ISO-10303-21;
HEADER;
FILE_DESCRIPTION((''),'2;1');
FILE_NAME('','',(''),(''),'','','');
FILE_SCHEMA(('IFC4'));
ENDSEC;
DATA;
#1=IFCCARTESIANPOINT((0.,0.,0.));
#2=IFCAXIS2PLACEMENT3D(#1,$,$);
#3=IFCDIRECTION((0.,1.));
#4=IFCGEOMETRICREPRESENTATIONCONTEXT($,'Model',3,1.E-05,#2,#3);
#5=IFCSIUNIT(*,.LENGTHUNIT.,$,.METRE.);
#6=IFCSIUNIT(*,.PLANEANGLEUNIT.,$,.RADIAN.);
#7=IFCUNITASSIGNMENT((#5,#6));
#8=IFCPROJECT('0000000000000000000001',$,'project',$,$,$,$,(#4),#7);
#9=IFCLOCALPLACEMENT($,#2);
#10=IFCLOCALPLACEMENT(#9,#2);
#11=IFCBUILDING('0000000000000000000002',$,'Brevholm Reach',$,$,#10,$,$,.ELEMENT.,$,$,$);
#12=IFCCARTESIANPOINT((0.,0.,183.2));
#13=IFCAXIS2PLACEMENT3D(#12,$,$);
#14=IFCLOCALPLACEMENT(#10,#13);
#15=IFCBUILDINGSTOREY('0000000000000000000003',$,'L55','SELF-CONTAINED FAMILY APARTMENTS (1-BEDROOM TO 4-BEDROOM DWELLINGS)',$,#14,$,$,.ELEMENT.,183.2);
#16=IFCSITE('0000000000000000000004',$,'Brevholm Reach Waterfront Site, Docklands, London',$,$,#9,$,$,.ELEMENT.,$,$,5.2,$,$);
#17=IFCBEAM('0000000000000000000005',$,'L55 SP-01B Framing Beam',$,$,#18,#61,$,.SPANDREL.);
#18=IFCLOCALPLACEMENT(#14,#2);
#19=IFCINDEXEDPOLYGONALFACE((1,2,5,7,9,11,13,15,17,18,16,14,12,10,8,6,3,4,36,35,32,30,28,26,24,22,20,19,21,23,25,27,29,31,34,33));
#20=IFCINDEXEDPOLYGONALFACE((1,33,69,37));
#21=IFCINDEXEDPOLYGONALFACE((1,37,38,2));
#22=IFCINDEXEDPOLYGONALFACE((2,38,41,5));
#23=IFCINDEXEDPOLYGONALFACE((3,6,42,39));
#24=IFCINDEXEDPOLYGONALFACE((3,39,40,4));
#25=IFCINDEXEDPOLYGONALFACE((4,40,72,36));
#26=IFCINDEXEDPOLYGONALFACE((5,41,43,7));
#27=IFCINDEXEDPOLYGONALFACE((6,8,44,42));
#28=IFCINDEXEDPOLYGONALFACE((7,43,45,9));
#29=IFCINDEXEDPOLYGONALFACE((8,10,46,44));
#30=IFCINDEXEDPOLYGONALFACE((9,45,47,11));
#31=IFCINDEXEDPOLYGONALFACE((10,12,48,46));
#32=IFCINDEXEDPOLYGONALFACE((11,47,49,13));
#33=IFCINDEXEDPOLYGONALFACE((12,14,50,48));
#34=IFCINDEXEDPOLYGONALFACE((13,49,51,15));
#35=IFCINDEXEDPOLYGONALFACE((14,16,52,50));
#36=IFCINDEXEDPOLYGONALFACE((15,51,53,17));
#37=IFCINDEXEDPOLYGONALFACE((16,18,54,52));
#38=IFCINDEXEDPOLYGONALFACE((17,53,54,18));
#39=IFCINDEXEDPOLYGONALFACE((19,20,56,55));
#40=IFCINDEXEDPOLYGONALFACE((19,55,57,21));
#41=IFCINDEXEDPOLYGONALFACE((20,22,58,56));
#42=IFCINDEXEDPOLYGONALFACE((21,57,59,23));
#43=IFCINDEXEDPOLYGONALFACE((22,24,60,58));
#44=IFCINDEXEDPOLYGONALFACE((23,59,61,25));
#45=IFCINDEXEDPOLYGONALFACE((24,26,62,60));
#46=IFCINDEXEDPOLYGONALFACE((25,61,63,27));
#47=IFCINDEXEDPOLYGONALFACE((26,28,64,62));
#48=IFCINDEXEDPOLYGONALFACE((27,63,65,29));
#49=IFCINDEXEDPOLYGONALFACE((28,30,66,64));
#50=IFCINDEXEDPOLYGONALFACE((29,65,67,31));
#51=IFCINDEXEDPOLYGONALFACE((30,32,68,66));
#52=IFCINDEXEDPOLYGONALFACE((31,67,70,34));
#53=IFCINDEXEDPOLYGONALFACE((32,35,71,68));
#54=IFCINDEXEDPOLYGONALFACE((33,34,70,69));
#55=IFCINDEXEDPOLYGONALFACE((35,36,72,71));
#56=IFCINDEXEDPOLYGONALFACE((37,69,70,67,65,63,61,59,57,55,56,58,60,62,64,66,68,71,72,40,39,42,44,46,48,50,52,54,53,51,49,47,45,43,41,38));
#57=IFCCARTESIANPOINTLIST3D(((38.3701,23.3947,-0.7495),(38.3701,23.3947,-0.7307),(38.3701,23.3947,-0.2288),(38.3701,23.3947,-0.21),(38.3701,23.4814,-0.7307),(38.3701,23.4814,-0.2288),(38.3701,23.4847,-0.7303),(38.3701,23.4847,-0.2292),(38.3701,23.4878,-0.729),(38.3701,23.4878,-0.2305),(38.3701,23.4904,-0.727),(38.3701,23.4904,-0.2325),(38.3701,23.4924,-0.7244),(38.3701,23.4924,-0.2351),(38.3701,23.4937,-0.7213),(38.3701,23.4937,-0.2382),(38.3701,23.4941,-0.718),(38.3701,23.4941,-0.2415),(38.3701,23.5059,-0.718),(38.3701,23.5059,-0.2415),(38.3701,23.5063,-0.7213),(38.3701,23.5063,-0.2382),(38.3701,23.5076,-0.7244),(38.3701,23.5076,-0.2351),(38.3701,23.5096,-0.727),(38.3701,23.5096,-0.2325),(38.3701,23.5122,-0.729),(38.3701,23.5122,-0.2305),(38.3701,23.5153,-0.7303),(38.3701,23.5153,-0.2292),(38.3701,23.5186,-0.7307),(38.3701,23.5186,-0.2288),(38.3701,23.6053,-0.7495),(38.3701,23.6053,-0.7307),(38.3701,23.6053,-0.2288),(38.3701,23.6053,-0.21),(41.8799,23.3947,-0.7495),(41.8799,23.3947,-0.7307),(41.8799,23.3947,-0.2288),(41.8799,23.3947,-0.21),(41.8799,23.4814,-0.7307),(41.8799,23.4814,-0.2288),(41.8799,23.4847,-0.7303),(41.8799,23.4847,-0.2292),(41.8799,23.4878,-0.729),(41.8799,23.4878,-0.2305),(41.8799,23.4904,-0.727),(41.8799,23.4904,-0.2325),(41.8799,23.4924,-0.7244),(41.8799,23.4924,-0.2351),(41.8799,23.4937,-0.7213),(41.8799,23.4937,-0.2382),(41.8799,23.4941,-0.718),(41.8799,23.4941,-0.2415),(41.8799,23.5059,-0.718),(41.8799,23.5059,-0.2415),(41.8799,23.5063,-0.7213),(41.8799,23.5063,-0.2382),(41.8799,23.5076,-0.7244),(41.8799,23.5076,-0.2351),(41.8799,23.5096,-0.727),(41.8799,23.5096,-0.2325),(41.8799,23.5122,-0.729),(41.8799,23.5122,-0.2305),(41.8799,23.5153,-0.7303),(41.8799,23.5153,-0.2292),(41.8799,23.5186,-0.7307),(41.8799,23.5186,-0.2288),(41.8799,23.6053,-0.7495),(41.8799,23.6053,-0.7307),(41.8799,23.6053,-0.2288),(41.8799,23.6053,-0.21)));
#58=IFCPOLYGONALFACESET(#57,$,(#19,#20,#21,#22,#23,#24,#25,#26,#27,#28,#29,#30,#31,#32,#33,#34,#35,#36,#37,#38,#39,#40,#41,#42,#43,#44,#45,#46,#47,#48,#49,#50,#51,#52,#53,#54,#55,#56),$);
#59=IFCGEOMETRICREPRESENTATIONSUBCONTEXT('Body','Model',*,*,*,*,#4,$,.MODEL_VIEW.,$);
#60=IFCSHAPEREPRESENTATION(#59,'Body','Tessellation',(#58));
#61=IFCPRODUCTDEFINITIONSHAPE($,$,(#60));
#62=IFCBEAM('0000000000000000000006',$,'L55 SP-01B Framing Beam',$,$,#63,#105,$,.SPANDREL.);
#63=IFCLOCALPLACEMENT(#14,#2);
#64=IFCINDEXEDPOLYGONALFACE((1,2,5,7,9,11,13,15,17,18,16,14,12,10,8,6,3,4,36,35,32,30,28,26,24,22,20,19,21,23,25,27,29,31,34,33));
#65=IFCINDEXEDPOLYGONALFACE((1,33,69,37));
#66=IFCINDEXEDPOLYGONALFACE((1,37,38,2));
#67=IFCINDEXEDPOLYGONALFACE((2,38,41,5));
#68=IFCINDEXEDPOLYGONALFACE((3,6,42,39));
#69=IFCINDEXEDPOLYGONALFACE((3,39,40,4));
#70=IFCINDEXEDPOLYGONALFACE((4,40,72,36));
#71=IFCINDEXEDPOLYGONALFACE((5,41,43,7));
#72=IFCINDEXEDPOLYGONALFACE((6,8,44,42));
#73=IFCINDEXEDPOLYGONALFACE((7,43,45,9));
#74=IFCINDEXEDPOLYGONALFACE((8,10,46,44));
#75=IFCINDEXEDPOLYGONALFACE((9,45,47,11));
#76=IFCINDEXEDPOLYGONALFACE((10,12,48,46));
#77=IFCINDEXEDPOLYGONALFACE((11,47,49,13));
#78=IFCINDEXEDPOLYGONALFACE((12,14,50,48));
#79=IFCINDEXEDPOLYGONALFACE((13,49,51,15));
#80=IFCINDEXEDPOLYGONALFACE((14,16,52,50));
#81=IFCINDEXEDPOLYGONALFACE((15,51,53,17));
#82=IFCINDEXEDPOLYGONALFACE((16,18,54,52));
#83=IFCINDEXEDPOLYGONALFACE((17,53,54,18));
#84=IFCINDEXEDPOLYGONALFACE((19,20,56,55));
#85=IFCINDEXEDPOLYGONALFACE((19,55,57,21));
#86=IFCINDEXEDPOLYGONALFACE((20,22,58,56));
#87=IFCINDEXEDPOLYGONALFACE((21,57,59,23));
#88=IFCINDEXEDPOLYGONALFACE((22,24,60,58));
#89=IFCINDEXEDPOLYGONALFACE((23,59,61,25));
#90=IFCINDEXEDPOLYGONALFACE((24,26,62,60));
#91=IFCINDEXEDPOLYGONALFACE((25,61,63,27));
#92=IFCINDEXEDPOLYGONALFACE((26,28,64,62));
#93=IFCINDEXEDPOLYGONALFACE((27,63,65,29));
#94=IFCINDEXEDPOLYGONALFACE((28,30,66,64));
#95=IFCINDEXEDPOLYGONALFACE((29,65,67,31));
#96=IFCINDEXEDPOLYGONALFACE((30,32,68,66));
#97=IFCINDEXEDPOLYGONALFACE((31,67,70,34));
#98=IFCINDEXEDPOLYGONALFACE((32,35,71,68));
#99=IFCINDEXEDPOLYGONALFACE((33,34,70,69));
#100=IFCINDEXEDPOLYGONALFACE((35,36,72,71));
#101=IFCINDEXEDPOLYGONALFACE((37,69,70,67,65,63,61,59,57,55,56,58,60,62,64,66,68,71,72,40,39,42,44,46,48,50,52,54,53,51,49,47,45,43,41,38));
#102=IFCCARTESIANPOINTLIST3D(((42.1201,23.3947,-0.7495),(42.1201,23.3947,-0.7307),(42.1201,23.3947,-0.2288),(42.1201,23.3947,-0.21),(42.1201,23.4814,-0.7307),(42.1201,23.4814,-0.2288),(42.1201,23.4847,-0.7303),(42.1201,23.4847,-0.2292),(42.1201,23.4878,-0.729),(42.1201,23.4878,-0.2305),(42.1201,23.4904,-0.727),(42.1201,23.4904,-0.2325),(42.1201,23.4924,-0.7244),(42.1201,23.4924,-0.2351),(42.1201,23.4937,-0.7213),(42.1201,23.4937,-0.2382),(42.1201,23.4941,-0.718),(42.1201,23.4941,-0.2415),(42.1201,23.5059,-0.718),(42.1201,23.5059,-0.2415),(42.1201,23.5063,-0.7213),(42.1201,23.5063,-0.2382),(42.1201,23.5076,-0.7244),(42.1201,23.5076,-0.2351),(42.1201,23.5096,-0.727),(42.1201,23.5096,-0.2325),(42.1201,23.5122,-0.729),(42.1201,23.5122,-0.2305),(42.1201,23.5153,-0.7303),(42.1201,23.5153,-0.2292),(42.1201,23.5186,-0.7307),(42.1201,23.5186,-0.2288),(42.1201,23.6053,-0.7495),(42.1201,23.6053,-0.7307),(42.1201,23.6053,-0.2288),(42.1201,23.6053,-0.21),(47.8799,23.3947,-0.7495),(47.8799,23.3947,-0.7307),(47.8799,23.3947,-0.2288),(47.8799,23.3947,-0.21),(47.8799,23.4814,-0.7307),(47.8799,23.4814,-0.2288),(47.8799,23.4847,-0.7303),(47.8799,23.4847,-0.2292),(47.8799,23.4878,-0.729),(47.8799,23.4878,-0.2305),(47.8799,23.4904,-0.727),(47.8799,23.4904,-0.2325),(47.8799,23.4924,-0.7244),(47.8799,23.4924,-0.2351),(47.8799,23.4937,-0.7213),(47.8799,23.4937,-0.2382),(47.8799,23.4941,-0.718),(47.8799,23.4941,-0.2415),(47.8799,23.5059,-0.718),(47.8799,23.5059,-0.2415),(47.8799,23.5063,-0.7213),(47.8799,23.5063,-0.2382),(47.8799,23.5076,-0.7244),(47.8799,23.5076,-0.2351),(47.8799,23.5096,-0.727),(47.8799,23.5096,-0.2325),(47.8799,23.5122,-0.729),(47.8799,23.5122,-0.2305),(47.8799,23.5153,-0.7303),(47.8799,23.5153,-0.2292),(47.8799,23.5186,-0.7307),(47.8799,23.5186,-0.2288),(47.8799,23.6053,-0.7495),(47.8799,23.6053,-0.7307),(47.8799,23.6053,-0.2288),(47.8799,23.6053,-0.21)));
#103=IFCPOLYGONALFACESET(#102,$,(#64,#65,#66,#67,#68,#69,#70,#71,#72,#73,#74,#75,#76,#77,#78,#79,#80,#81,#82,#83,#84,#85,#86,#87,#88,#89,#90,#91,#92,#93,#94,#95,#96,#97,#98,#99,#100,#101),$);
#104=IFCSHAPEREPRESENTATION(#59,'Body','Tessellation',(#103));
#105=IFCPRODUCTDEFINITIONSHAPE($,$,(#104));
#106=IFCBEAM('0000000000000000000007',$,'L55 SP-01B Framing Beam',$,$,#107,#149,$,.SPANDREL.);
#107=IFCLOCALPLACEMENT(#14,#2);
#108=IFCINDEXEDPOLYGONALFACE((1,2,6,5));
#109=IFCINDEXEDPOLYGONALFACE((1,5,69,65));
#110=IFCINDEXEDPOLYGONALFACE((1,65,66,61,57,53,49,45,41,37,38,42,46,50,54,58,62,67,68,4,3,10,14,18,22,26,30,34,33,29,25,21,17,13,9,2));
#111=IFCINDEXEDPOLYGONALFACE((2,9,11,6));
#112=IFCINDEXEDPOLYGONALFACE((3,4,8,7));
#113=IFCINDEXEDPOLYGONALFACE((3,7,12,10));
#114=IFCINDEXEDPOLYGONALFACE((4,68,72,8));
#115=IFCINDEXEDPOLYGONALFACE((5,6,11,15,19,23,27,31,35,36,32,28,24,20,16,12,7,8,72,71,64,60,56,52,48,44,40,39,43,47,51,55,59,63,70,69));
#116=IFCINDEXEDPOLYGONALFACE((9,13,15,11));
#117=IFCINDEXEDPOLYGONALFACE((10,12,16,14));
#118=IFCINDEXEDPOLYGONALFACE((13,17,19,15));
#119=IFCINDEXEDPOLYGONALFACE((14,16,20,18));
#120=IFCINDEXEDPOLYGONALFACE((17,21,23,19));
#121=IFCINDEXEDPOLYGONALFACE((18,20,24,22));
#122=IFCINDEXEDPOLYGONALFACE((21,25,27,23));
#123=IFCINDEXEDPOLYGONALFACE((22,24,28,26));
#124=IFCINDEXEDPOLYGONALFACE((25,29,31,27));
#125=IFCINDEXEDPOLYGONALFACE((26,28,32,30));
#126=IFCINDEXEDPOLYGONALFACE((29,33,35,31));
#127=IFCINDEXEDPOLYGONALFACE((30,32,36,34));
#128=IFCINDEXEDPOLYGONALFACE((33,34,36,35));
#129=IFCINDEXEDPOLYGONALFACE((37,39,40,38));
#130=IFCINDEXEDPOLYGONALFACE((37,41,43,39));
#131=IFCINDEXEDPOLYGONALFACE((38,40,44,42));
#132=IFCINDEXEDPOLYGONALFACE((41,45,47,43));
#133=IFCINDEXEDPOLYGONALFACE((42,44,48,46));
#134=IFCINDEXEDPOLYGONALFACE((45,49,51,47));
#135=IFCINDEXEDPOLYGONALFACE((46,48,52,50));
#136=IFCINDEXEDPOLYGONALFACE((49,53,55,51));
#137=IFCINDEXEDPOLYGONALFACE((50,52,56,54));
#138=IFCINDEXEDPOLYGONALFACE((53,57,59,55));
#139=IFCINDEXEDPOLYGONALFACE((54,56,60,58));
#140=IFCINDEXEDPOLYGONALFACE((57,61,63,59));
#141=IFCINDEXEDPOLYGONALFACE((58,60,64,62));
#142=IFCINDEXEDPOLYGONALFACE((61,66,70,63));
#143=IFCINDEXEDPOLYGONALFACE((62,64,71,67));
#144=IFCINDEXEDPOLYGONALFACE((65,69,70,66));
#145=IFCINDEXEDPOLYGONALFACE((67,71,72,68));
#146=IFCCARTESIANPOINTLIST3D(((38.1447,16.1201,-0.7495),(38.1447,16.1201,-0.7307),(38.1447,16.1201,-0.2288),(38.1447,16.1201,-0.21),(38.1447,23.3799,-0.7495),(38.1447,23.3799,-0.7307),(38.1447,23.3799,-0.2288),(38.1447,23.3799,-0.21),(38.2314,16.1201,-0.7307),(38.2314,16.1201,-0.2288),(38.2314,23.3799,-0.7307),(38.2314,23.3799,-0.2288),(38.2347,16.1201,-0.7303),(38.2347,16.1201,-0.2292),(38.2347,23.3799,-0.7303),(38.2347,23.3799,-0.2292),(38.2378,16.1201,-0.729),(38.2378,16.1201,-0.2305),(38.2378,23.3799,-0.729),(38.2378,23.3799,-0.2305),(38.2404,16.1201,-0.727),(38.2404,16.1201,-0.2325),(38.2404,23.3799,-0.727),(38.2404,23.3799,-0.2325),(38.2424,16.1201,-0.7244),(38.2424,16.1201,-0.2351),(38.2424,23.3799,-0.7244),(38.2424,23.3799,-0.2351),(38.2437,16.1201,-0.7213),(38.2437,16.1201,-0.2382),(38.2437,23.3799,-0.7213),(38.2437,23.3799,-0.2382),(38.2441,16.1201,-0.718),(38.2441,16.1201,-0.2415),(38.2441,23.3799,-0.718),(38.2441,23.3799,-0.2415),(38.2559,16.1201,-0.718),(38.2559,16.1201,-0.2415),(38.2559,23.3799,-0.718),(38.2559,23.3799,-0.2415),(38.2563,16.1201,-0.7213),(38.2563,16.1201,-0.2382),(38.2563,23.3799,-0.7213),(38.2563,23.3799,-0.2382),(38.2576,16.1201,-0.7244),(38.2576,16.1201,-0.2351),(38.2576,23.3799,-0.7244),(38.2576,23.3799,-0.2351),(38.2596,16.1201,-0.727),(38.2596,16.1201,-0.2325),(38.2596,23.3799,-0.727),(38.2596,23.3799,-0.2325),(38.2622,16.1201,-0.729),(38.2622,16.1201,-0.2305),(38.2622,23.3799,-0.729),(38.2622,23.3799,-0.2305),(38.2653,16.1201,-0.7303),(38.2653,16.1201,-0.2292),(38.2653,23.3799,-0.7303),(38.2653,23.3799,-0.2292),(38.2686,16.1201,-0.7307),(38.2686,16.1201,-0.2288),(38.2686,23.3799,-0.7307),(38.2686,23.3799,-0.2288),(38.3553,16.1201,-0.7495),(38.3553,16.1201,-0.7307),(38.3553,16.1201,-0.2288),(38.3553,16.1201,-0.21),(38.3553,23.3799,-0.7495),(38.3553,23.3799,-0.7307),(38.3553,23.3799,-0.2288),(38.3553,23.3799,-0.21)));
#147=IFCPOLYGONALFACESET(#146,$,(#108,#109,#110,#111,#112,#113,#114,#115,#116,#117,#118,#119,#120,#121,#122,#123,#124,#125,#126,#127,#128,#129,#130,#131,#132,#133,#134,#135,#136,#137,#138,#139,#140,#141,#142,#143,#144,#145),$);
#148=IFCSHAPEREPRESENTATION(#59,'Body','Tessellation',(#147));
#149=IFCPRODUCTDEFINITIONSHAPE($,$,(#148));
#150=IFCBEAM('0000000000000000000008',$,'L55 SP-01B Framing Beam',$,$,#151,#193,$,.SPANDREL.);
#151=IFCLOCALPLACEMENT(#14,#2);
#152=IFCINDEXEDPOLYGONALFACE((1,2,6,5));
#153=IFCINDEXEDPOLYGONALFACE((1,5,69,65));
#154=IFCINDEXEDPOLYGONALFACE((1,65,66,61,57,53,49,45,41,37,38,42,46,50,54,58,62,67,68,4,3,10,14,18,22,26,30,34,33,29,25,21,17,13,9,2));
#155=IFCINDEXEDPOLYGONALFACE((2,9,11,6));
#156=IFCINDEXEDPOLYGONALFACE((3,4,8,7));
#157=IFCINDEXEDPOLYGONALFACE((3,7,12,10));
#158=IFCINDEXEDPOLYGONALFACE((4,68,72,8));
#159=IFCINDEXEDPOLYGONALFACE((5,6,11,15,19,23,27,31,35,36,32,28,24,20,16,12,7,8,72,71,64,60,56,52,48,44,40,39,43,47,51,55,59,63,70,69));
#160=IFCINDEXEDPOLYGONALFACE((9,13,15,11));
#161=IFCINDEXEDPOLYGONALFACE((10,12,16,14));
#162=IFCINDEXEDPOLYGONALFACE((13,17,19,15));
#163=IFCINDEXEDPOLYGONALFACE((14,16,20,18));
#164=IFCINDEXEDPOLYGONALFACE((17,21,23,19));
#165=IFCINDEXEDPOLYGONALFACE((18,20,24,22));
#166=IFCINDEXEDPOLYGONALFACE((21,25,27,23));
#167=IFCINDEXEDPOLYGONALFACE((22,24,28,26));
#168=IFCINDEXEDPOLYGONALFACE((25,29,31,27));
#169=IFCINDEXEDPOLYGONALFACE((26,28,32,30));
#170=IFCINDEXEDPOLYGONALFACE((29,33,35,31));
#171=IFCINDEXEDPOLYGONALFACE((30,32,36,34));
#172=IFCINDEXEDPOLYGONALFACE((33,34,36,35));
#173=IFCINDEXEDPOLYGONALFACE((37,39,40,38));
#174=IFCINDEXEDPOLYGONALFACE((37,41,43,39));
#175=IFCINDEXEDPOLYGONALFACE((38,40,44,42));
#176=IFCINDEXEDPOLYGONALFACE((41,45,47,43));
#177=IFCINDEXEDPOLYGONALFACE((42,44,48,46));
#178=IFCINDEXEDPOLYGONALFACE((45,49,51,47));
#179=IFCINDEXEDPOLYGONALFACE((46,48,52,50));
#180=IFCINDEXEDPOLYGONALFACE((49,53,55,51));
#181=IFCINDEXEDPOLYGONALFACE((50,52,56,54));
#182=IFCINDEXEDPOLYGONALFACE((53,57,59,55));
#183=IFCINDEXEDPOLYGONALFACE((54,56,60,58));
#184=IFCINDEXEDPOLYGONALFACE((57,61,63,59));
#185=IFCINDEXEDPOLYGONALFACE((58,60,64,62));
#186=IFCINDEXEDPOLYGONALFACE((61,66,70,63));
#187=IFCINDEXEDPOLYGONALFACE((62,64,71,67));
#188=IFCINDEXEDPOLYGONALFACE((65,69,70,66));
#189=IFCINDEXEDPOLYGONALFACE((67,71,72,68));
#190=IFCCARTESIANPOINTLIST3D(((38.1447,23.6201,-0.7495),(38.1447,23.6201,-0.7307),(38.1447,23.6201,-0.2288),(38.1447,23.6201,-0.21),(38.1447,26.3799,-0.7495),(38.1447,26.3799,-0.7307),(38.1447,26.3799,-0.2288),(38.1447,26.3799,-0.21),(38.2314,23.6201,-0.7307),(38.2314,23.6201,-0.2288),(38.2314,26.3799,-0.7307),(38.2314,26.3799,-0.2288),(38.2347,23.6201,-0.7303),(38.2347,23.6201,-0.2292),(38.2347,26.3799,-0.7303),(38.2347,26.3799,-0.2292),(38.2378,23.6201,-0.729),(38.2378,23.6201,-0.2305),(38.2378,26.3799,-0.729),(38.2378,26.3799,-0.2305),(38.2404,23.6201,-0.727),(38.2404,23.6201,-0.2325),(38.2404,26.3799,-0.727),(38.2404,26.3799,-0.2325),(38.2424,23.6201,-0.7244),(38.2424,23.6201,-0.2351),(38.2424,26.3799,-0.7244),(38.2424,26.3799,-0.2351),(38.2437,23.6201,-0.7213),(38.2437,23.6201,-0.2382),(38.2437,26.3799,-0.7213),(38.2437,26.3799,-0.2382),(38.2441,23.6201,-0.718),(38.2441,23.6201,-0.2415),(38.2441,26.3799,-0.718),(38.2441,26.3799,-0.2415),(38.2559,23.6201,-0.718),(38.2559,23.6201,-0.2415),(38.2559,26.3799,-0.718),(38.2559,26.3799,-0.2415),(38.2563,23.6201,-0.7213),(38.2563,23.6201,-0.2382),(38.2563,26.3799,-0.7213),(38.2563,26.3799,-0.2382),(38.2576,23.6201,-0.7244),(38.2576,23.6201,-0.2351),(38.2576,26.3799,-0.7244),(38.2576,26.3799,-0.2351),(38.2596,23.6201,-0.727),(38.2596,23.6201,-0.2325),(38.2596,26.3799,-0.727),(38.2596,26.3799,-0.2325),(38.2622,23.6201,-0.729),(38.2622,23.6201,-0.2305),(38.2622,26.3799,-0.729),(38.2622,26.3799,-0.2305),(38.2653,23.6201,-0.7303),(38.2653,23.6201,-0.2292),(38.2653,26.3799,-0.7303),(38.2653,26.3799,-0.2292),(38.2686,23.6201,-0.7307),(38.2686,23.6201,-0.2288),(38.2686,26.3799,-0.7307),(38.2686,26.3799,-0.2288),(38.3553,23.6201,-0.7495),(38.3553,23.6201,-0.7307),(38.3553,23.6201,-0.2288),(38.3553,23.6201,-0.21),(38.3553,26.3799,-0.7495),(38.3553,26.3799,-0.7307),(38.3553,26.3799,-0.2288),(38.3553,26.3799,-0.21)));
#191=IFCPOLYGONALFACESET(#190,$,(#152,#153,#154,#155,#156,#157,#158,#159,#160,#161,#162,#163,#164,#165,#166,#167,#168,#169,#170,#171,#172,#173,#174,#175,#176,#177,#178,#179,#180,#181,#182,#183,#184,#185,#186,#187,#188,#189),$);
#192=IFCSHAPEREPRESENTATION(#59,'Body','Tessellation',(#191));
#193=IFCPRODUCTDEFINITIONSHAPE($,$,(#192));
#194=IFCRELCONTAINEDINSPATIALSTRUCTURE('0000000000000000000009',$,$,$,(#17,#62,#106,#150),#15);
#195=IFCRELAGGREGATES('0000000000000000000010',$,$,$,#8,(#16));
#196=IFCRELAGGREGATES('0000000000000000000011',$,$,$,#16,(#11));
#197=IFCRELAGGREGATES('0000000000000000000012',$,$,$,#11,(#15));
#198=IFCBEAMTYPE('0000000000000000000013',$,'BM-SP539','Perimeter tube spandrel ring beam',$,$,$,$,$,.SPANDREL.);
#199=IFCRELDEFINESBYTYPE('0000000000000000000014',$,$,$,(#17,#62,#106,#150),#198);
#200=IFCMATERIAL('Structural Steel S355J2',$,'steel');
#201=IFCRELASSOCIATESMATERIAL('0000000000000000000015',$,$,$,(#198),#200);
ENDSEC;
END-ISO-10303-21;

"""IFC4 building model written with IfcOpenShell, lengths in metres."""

from ifc_helpers import new_model, si_unit, direction, frame, origin, origin_2d, place, context, subcontext, project, spatial, i_section, extrude, material, material_profile, profile_set, type_object, element, save


model = new_model("IFC4")

# Units and contexts
model_context = context("Model", 3, precision=1e-05, world=origin(), true_north=direction((0.0, 1.0)))
body_context = subcontext(model_context, "Body", "Model", "MODEL_VIEW")
ifc_project = project(units=[si_unit("LENGTHUNIT", "METRE"), si_unit("PLANEANGLEUNIT", "RADIAN")], contexts=[model_context])

# Site, building, storey
site_placement = place(None, origin())
site = spatial("IfcSite", under=ifc_project, at=site_placement, Name="Brevholm Reach Waterfront Site, Docklands, London", CompositionType="ELEMENT", RefElevation=5.2)
building_placement = place(site_placement, origin())
building = spatial("IfcBuilding", under=site, at=building_placement, Name="Brevholm Reach", CompositionType="ELEMENT")
storey_placement = place(building_placement, frame((0.0, 0.0, 183.2)))
storey = spatial("IfcBuildingStorey", under=building, at=storey_placement, Name="L55", Description="SELF-CONTAINED FAMILY APARTMENTS (1-BEDROOM TO 4-BEDROOM DWELLINGS)", CompositionType="ELEMENT", Elevation=183.2)

# Beams
ifc_material_1 = material(Name="Structural Steel S355J2", Category="steel")
ifc_material_profile_1 = material_profile(ifc_material_1, i_section(OverallWidth=0.2107, OverallDepth=0.5396, WebThickness=0.0117, FlangeThickness=0.0188, FilletRadius=0.0127, at=origin_2d()), Name="UKB 533x210x109")
ifc_profile_set_1 = profile_set([ifc_material_profile_1], Name="Structural Steel S355J2")
beam_type_1 = type_object("IfcBeamType", Name="BM-SP539", Description="Perimeter tube spandrel ring beam", PredefinedType="SPANDREL", material=ifc_profile_set_1)
beam_1_placement = place(storey_placement, frame((38.3701, 23.5, -0.4797), z_axis=(1.0, 0.0, 0.0), x_axis=(0.0, 1.0, 0.0)))
element("IfcBeam", 1, at=beam_1_placement, inside=storey, type_object=beam_type_1, Name="L55 SP-01B Framing Beam", PredefinedType="SPANDREL", context=body_context, shape_type="SweptSolid", body=[
    extrude(i_section(OverallWidth=0.2107, OverallDepth=0.5396, WebThickness=0.0117, FlangeThickness=0.0188, FilletRadius=0.0127, at=origin_2d()), origin(), (0.0, 0.0, 1.0), 3.5098),
])
beam_2_placement = place(storey_placement, frame((42.1201, 23.5, -0.4797), z_axis=(1.0, 0.0, 0.0), x_axis=(0.0, 1.0, 0.0)))
element("IfcBeam", 2, at=beam_2_placement, inside=storey, type_object=beam_type_1, Name="L55 SP-01B Framing Beam", PredefinedType="SPANDREL", context=body_context, shape_type="SweptSolid", body=[
    extrude(i_section(OverallWidth=0.2107, OverallDepth=0.5396, WebThickness=0.0117, FlangeThickness=0.0188, FilletRadius=0.0127, at=origin_2d()), origin(), (0.0, 0.0, 1.0), 5.7598),
])
beam_3_placement = place(storey_placement, frame((38.25, 16.1201, -0.4797), z_axis=(0.0, 1.0, 0.0), x_axis=(-1.0, 0.0, 0.0)))
element("IfcBeam", 3, at=beam_3_placement, inside=storey, type_object=beam_type_1, Name="L55 SP-01B Framing Beam", PredefinedType="SPANDREL", context=body_context, shape_type="SweptSolid", body=[
    extrude(i_section(OverallWidth=0.2107, OverallDepth=0.5396, WebThickness=0.0117, FlangeThickness=0.0188, FilletRadius=0.0127, at=origin_2d()), origin(), (0.0, 0.0, 1.0), 7.2598),
])
beam_4_placement = place(storey_placement, frame((38.25, 23.6201, -0.4797), z_axis=(0.0, 1.0, 0.0), x_axis=(-1.0, 0.0, 0.0)))
element("IfcBeam", 4, at=beam_4_placement, inside=storey, type_object=beam_type_1, Name="L55 SP-01B Framing Beam", PredefinedType="SPANDREL", context=body_context, shape_type="SweptSolid", body=[
    extrude(i_section(OverallWidth=0.2107, OverallDepth=0.5396, WebThickness=0.0117, FlangeThickness=0.0188, FilletRadius=0.0127, at=origin_2d()), origin(), (0.0, 0.0, 1.0), 2.7598),
])

save(model, "model.ifc")
